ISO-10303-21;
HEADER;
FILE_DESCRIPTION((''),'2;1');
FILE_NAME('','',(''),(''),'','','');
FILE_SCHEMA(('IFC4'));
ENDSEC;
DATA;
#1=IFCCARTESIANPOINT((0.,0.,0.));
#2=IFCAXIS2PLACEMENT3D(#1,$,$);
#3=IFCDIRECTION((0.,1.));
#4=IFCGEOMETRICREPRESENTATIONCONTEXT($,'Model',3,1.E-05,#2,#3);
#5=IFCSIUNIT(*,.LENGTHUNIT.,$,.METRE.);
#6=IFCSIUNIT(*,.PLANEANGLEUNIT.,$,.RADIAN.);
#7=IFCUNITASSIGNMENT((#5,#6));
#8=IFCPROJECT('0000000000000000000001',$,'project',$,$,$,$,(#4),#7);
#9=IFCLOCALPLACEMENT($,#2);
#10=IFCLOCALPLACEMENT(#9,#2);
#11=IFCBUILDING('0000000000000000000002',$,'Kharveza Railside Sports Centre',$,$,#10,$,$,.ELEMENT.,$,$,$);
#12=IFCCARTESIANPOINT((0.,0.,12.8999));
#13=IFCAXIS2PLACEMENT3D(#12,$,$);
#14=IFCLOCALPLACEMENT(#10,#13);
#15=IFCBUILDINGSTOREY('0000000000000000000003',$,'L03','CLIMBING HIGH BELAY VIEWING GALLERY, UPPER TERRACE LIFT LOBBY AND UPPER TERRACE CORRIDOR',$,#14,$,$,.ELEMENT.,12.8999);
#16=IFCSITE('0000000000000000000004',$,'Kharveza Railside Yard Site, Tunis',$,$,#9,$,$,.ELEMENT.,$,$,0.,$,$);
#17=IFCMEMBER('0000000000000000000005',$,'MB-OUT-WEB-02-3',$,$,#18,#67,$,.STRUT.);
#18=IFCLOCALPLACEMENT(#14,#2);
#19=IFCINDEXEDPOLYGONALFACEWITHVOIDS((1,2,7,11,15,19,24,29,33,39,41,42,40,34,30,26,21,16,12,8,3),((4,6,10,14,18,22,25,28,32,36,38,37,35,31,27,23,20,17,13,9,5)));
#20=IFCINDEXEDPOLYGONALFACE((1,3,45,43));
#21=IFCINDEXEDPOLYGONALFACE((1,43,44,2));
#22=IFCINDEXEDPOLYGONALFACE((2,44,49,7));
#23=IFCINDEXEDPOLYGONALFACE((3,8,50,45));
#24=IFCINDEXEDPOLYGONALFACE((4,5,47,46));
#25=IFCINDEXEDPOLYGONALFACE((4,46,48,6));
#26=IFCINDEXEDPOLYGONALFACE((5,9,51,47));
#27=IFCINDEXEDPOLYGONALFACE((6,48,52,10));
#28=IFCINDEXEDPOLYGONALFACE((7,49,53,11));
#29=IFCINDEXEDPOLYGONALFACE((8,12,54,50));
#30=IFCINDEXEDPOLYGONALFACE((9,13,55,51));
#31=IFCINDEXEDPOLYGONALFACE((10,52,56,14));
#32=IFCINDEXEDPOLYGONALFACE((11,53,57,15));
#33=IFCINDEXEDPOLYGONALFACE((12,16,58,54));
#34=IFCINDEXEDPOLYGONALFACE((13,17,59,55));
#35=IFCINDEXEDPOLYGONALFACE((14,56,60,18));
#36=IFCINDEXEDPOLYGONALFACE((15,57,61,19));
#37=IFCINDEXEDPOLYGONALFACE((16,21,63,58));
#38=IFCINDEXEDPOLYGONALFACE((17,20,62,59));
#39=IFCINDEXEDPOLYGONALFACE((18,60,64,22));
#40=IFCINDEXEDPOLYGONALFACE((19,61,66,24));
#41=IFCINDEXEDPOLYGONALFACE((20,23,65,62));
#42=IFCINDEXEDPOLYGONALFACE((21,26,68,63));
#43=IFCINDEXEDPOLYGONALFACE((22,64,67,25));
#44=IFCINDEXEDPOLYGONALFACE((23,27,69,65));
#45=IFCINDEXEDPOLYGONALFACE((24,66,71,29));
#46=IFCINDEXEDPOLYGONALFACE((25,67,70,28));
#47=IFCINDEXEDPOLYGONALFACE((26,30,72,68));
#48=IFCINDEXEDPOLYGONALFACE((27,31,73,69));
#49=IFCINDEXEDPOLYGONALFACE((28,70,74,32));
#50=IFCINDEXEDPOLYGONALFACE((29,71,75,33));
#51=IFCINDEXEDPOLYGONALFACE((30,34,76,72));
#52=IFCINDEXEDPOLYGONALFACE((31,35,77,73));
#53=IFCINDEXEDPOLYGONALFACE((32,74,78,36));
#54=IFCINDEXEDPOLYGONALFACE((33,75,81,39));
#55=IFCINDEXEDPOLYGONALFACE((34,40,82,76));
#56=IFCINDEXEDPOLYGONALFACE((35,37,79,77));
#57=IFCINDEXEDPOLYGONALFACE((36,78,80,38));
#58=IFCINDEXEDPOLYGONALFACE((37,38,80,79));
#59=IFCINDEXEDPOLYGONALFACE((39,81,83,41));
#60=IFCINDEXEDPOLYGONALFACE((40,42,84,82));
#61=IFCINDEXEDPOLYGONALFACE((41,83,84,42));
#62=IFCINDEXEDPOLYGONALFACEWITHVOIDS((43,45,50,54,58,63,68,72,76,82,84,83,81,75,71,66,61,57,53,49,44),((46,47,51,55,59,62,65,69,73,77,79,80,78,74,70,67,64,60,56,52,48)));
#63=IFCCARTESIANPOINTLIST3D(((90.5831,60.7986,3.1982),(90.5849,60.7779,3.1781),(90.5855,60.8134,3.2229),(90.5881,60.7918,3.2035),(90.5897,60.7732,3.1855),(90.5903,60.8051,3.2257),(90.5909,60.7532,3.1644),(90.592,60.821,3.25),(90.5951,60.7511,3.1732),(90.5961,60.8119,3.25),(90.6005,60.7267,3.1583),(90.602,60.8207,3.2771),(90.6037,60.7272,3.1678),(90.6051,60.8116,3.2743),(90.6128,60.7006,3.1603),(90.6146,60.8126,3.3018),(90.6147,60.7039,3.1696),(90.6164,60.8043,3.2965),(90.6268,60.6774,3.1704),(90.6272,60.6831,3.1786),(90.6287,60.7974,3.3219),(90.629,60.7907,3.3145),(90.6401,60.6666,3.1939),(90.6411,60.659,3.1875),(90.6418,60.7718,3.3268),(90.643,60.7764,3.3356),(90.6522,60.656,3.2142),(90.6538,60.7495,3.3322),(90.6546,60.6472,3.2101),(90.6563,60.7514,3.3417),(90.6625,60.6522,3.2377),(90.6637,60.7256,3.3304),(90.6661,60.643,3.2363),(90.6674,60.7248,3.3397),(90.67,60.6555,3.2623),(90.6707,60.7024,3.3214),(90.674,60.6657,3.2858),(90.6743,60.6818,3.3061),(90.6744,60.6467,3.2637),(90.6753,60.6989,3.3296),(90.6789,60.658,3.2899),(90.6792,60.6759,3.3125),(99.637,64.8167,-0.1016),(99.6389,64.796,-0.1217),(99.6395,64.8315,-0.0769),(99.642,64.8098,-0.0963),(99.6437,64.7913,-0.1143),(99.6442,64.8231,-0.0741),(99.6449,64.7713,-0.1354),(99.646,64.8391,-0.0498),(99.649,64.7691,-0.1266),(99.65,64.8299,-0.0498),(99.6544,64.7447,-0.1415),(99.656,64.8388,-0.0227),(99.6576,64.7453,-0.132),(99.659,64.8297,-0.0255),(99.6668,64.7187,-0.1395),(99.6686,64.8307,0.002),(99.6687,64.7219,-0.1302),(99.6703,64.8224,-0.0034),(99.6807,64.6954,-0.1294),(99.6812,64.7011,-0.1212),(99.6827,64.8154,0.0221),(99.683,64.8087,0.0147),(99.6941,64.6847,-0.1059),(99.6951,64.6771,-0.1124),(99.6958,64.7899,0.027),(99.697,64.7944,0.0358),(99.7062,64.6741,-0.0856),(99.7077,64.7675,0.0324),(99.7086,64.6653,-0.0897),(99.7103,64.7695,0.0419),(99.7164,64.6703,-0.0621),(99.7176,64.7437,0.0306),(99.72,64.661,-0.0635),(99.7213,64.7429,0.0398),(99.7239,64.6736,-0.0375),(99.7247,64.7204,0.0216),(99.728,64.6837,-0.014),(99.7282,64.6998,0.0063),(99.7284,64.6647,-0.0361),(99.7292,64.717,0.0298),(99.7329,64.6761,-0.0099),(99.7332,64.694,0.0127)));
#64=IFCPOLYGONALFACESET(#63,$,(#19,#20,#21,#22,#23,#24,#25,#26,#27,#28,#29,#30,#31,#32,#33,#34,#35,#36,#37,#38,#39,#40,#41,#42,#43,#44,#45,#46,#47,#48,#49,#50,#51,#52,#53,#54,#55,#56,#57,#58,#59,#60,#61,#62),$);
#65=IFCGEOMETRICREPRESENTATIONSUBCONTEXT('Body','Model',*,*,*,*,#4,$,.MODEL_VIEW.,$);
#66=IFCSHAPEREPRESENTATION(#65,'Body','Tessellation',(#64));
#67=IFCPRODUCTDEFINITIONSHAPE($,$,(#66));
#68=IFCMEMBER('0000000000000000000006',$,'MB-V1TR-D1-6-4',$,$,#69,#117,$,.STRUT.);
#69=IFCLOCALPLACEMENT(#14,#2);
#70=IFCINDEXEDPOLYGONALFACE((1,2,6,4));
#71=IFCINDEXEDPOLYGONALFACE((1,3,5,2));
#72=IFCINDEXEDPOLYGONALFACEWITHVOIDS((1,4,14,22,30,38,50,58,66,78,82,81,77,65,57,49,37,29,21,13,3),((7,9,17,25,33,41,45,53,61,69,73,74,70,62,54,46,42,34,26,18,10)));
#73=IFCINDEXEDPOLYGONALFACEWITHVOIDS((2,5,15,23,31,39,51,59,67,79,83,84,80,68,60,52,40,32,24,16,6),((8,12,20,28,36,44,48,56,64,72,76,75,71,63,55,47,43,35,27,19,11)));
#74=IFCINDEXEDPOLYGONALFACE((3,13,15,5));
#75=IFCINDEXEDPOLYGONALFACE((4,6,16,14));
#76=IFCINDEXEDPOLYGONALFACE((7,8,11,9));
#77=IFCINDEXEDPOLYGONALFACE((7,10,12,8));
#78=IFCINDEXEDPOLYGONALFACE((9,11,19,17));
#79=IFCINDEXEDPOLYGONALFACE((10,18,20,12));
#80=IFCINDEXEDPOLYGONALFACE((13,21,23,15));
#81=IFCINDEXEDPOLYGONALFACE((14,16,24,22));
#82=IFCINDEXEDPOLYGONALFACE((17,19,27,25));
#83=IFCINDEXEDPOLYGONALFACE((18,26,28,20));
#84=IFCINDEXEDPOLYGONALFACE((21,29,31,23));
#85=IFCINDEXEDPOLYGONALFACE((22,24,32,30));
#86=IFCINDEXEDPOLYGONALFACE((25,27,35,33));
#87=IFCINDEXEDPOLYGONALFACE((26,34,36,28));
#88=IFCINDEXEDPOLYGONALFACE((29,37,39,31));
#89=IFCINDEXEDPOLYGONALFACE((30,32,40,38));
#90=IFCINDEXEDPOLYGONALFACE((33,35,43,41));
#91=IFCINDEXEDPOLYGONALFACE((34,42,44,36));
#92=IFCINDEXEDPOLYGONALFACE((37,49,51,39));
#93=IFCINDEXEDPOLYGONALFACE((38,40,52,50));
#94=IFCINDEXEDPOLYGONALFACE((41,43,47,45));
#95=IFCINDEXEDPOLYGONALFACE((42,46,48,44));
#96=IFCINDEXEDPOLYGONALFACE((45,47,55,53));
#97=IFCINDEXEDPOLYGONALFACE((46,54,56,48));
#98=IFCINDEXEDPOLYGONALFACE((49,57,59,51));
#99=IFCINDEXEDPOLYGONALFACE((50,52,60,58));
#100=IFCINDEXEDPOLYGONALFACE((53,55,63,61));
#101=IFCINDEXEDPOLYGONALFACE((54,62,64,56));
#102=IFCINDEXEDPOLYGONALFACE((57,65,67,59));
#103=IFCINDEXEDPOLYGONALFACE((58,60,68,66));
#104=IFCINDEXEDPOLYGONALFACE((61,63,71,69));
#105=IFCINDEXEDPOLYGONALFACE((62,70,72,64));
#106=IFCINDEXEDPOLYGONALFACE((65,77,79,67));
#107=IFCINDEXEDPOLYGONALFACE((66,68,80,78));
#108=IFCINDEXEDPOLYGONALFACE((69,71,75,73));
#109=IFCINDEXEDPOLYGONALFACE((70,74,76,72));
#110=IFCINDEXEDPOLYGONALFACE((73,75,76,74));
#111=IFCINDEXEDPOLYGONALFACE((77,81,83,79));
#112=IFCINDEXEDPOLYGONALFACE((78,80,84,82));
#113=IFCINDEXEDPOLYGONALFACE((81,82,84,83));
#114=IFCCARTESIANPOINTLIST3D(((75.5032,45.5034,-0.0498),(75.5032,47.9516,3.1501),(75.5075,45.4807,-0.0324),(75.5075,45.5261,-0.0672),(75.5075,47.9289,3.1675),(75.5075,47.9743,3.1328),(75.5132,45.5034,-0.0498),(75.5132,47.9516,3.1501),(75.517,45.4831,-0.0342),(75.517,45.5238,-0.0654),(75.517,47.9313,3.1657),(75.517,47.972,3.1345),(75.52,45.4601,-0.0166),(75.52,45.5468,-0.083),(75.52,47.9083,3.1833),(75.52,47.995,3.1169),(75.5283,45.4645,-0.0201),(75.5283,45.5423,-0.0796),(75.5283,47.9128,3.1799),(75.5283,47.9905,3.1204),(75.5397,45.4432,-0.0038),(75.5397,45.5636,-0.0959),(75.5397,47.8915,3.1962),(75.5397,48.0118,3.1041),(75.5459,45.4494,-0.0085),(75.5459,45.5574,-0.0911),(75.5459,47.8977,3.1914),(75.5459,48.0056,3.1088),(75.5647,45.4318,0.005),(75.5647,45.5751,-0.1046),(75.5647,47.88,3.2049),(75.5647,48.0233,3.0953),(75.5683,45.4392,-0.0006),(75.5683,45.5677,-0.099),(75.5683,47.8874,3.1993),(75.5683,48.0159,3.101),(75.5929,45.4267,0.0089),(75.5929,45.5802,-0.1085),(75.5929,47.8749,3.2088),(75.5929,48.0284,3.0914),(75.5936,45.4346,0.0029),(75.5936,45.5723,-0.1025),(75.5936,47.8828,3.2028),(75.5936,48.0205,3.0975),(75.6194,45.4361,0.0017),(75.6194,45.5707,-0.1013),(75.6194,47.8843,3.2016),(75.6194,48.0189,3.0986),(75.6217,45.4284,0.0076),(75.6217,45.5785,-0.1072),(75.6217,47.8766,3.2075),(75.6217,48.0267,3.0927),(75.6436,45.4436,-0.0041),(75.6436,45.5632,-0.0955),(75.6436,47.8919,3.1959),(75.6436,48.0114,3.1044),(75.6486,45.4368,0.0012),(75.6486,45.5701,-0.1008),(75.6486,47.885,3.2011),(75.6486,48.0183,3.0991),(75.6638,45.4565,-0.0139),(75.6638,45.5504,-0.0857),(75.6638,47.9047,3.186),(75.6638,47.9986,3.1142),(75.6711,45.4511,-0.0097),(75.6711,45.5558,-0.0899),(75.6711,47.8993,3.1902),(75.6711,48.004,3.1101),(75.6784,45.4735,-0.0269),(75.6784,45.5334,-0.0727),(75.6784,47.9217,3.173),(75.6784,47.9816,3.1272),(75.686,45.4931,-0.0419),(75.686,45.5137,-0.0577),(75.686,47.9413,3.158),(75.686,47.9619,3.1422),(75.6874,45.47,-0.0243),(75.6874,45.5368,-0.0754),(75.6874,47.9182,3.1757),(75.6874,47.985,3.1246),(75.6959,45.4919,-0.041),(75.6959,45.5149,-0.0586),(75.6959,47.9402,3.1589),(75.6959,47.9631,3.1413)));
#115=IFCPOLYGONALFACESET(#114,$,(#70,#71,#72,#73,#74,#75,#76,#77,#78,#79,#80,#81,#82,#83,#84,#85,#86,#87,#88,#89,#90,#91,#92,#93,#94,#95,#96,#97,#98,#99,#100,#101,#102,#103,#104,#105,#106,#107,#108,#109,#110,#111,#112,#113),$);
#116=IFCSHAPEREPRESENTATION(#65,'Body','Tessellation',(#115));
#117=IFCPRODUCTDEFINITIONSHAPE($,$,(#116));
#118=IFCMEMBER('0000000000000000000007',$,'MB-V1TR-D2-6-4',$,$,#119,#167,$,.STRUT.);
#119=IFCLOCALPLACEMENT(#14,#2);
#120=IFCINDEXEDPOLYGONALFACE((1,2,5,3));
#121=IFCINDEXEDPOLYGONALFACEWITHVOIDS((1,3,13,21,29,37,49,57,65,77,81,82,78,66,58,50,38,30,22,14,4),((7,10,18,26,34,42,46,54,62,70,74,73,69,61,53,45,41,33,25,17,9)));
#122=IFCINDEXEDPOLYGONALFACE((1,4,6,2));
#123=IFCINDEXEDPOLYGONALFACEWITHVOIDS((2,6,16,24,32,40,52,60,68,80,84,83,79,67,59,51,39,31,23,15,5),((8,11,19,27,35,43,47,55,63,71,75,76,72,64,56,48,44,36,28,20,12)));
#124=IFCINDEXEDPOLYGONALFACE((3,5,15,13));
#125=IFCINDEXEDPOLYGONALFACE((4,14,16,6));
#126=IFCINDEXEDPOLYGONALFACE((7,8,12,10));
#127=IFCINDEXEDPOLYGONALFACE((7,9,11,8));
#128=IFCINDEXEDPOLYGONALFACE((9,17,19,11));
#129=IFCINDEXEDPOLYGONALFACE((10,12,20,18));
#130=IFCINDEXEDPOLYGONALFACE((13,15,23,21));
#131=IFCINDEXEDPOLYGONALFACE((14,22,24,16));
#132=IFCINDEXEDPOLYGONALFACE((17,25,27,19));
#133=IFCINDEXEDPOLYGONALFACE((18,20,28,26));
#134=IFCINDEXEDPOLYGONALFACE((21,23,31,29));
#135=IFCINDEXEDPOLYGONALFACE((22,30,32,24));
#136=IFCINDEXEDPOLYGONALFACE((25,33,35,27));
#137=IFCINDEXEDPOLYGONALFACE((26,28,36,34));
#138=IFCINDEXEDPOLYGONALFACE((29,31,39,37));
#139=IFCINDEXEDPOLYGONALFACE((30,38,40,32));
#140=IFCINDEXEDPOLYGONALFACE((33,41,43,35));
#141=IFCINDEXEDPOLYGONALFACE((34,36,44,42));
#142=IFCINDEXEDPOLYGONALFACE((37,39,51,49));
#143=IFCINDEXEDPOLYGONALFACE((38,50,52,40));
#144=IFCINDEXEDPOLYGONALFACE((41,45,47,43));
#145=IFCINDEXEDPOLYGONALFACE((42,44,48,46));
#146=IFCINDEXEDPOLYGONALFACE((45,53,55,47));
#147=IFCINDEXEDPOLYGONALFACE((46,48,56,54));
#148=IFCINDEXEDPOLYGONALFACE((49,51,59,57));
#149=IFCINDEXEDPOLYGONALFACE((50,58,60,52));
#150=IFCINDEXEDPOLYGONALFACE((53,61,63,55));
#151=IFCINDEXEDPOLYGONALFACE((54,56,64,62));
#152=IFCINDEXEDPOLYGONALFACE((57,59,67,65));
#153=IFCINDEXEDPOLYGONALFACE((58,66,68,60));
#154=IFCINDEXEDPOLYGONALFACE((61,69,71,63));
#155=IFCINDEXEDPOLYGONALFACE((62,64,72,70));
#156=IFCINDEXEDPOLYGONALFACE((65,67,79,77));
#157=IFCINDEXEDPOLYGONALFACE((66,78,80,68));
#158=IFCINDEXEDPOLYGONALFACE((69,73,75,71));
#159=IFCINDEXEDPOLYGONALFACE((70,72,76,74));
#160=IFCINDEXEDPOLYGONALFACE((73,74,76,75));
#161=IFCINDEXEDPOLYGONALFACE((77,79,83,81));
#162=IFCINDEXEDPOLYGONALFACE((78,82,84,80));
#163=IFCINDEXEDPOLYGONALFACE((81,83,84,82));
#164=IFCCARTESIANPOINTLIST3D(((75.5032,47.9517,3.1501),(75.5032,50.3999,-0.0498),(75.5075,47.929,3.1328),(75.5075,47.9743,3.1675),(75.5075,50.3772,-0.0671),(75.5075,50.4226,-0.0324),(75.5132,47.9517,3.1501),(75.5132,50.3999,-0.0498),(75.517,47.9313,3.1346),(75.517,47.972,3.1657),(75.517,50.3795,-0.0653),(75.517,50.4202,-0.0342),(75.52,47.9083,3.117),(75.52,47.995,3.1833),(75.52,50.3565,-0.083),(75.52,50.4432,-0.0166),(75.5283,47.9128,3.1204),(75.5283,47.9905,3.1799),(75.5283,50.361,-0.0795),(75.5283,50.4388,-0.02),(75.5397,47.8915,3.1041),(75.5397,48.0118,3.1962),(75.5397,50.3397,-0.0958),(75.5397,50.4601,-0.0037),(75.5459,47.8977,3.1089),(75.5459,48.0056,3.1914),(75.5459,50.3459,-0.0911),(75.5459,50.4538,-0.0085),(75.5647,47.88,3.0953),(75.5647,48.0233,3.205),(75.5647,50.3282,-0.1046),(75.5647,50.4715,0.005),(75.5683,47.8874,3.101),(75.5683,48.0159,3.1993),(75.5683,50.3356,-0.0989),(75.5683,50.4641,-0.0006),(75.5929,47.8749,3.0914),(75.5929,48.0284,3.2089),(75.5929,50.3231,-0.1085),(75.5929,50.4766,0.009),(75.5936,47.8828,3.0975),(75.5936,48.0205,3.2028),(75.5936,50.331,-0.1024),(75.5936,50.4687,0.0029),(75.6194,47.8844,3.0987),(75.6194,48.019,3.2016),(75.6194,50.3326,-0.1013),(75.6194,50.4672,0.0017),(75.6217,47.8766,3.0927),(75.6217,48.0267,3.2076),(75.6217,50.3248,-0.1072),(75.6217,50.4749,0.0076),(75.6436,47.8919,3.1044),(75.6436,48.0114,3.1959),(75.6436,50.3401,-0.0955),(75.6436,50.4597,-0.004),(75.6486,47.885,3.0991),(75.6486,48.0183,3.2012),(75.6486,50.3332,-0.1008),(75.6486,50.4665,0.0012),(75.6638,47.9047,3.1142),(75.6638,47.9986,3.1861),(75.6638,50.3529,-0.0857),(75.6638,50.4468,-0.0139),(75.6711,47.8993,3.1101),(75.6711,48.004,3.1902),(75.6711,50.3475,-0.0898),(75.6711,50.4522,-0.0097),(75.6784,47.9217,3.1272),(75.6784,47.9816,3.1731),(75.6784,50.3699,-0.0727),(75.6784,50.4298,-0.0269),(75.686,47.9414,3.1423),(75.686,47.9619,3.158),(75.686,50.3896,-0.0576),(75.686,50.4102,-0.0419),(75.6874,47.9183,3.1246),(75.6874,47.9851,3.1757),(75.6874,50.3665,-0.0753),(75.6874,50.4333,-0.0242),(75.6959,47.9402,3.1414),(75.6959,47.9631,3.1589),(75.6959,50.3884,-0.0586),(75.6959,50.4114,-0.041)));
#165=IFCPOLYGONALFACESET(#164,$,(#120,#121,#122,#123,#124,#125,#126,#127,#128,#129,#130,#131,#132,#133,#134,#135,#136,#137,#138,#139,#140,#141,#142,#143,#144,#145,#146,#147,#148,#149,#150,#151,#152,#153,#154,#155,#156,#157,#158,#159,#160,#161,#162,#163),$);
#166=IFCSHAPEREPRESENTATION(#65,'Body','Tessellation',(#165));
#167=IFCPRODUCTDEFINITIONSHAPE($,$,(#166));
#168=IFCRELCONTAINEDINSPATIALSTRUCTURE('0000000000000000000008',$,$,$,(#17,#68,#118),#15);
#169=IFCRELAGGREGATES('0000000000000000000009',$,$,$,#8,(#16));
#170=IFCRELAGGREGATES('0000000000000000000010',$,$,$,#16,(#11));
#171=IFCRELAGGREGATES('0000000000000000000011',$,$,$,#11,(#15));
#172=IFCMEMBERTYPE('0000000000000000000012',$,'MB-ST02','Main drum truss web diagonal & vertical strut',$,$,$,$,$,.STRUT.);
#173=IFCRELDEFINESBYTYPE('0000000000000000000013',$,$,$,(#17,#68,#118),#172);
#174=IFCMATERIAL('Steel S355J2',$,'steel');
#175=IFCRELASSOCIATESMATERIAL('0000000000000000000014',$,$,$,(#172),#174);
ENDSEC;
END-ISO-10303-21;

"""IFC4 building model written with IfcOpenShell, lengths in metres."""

from ifc_helpers import new_model, si_unit, direction, frame, origin, origin_2d, place, context, subcontext, project, spatial, hollow_circle, extrude, material, material_profile, profile_set, type_object, element, save


model = new_model("IFC4")

# Units and contexts
model_context = context("Model", 3, precision=1e-05, world=origin(), true_north=direction((0.0, 1.0)))
body_context = subcontext(model_context, "Body", "Model", "MODEL_VIEW")
ifc_project = project(units=[si_unit("LENGTHUNIT", "METRE"), si_unit("PLANEANGLEUNIT", "RADIAN")], contexts=[model_context])

# Site, building, storey
site_placement = place(None, origin())
site = spatial("IfcSite", under=ifc_project, at=site_placement, Name="Kharveza Railside Yard Site, Tunis", CompositionType="ELEMENT", RefElevation=0.0)
building_placement = place(site_placement, origin())
building = spatial("IfcBuilding", under=site, at=building_placement, Name="Kharveza Railside Sports Centre", CompositionType="ELEMENT")
storey_placement = place(building_placement, frame((0.0, 0.0, 12.8999)))
storey = spatial("IfcBuildingStorey", under=building, at=storey_placement, Name="L03", Description="CLIMBING HIGH BELAY VIEWING GALLERY, UPPER TERRACE LIFT LOBBY AND UPPER TERRACE CORRIDOR", CompositionType="ELEMENT", Elevation=12.8999)

# Shared definitions
ifc_material_1 = material(Name="Steel S355J2", Category="steel")

# Members
ifc_material_profile_1 = material_profile(ifc_material_1, hollow_circle(Radius=0.0969, WallThickness=0.01, at=origin_2d()), Name="CHS 193.7x10.0")
ifc_profile_set_1 = profile_set([ifc_material_profile_1], Name="Steel S355J2")
member_type_1 = type_object("IfcMemberType", Name="MB-ST02", Description="Main drum truss web diagonal & vertical strut", PredefinedType="STRUT", material=ifc_profile_set_1)
member_1_placement = place(storey_placement, frame((90.6313, 60.7324, 3.25), z_axis=(0.867181, 0.384847, -0.316053), x_axis=(-0.40564, 0.914033, 0.0)))
element("IfcMember", 1, at=member_1_placement, inside=storey, type_object=member_type_1, Name="MB-OUT-WEB-02-3", PredefinedType="STRUT", context=body_context, shape_type="SweptSolid", body=[
    extrude(hollow_circle(Radius=0.0969, WallThickness=0.01, at=origin_2d()), origin(), (0.0, 0.0, 1.0), 10.4407),
])
for number, where, z_axis, x_axis, name in (
    (2, (75.6001, 45.5034, -0.0498), (0.0, 0.607641, 0.794212), (-1.0, 0.0, 0.0), "MB-V1TR-D1-6-4"),
    (3, (75.6001, 47.9517, 3.1501), (0.0, 0.607641, -0.794212), (-1.0, 0.0, 0.0), "MB-V1TR-D2-6-4"),
):
    element("IfcMember", number, at=place(storey_placement, frame(where, z_axis=z_axis, x_axis=x_axis)), inside=storey, type_object=member_type_1, Name=name, PredefinedType="STRUT", context=body_context, shape_type="SweptSolid", body=[
        extrude(hollow_circle(Radius=0.0969, WallThickness=0.01, at=origin_2d()), origin(), (0.0, 0.0, 1.0), 4.0291),
    ])

save(model, "model.ifc")
